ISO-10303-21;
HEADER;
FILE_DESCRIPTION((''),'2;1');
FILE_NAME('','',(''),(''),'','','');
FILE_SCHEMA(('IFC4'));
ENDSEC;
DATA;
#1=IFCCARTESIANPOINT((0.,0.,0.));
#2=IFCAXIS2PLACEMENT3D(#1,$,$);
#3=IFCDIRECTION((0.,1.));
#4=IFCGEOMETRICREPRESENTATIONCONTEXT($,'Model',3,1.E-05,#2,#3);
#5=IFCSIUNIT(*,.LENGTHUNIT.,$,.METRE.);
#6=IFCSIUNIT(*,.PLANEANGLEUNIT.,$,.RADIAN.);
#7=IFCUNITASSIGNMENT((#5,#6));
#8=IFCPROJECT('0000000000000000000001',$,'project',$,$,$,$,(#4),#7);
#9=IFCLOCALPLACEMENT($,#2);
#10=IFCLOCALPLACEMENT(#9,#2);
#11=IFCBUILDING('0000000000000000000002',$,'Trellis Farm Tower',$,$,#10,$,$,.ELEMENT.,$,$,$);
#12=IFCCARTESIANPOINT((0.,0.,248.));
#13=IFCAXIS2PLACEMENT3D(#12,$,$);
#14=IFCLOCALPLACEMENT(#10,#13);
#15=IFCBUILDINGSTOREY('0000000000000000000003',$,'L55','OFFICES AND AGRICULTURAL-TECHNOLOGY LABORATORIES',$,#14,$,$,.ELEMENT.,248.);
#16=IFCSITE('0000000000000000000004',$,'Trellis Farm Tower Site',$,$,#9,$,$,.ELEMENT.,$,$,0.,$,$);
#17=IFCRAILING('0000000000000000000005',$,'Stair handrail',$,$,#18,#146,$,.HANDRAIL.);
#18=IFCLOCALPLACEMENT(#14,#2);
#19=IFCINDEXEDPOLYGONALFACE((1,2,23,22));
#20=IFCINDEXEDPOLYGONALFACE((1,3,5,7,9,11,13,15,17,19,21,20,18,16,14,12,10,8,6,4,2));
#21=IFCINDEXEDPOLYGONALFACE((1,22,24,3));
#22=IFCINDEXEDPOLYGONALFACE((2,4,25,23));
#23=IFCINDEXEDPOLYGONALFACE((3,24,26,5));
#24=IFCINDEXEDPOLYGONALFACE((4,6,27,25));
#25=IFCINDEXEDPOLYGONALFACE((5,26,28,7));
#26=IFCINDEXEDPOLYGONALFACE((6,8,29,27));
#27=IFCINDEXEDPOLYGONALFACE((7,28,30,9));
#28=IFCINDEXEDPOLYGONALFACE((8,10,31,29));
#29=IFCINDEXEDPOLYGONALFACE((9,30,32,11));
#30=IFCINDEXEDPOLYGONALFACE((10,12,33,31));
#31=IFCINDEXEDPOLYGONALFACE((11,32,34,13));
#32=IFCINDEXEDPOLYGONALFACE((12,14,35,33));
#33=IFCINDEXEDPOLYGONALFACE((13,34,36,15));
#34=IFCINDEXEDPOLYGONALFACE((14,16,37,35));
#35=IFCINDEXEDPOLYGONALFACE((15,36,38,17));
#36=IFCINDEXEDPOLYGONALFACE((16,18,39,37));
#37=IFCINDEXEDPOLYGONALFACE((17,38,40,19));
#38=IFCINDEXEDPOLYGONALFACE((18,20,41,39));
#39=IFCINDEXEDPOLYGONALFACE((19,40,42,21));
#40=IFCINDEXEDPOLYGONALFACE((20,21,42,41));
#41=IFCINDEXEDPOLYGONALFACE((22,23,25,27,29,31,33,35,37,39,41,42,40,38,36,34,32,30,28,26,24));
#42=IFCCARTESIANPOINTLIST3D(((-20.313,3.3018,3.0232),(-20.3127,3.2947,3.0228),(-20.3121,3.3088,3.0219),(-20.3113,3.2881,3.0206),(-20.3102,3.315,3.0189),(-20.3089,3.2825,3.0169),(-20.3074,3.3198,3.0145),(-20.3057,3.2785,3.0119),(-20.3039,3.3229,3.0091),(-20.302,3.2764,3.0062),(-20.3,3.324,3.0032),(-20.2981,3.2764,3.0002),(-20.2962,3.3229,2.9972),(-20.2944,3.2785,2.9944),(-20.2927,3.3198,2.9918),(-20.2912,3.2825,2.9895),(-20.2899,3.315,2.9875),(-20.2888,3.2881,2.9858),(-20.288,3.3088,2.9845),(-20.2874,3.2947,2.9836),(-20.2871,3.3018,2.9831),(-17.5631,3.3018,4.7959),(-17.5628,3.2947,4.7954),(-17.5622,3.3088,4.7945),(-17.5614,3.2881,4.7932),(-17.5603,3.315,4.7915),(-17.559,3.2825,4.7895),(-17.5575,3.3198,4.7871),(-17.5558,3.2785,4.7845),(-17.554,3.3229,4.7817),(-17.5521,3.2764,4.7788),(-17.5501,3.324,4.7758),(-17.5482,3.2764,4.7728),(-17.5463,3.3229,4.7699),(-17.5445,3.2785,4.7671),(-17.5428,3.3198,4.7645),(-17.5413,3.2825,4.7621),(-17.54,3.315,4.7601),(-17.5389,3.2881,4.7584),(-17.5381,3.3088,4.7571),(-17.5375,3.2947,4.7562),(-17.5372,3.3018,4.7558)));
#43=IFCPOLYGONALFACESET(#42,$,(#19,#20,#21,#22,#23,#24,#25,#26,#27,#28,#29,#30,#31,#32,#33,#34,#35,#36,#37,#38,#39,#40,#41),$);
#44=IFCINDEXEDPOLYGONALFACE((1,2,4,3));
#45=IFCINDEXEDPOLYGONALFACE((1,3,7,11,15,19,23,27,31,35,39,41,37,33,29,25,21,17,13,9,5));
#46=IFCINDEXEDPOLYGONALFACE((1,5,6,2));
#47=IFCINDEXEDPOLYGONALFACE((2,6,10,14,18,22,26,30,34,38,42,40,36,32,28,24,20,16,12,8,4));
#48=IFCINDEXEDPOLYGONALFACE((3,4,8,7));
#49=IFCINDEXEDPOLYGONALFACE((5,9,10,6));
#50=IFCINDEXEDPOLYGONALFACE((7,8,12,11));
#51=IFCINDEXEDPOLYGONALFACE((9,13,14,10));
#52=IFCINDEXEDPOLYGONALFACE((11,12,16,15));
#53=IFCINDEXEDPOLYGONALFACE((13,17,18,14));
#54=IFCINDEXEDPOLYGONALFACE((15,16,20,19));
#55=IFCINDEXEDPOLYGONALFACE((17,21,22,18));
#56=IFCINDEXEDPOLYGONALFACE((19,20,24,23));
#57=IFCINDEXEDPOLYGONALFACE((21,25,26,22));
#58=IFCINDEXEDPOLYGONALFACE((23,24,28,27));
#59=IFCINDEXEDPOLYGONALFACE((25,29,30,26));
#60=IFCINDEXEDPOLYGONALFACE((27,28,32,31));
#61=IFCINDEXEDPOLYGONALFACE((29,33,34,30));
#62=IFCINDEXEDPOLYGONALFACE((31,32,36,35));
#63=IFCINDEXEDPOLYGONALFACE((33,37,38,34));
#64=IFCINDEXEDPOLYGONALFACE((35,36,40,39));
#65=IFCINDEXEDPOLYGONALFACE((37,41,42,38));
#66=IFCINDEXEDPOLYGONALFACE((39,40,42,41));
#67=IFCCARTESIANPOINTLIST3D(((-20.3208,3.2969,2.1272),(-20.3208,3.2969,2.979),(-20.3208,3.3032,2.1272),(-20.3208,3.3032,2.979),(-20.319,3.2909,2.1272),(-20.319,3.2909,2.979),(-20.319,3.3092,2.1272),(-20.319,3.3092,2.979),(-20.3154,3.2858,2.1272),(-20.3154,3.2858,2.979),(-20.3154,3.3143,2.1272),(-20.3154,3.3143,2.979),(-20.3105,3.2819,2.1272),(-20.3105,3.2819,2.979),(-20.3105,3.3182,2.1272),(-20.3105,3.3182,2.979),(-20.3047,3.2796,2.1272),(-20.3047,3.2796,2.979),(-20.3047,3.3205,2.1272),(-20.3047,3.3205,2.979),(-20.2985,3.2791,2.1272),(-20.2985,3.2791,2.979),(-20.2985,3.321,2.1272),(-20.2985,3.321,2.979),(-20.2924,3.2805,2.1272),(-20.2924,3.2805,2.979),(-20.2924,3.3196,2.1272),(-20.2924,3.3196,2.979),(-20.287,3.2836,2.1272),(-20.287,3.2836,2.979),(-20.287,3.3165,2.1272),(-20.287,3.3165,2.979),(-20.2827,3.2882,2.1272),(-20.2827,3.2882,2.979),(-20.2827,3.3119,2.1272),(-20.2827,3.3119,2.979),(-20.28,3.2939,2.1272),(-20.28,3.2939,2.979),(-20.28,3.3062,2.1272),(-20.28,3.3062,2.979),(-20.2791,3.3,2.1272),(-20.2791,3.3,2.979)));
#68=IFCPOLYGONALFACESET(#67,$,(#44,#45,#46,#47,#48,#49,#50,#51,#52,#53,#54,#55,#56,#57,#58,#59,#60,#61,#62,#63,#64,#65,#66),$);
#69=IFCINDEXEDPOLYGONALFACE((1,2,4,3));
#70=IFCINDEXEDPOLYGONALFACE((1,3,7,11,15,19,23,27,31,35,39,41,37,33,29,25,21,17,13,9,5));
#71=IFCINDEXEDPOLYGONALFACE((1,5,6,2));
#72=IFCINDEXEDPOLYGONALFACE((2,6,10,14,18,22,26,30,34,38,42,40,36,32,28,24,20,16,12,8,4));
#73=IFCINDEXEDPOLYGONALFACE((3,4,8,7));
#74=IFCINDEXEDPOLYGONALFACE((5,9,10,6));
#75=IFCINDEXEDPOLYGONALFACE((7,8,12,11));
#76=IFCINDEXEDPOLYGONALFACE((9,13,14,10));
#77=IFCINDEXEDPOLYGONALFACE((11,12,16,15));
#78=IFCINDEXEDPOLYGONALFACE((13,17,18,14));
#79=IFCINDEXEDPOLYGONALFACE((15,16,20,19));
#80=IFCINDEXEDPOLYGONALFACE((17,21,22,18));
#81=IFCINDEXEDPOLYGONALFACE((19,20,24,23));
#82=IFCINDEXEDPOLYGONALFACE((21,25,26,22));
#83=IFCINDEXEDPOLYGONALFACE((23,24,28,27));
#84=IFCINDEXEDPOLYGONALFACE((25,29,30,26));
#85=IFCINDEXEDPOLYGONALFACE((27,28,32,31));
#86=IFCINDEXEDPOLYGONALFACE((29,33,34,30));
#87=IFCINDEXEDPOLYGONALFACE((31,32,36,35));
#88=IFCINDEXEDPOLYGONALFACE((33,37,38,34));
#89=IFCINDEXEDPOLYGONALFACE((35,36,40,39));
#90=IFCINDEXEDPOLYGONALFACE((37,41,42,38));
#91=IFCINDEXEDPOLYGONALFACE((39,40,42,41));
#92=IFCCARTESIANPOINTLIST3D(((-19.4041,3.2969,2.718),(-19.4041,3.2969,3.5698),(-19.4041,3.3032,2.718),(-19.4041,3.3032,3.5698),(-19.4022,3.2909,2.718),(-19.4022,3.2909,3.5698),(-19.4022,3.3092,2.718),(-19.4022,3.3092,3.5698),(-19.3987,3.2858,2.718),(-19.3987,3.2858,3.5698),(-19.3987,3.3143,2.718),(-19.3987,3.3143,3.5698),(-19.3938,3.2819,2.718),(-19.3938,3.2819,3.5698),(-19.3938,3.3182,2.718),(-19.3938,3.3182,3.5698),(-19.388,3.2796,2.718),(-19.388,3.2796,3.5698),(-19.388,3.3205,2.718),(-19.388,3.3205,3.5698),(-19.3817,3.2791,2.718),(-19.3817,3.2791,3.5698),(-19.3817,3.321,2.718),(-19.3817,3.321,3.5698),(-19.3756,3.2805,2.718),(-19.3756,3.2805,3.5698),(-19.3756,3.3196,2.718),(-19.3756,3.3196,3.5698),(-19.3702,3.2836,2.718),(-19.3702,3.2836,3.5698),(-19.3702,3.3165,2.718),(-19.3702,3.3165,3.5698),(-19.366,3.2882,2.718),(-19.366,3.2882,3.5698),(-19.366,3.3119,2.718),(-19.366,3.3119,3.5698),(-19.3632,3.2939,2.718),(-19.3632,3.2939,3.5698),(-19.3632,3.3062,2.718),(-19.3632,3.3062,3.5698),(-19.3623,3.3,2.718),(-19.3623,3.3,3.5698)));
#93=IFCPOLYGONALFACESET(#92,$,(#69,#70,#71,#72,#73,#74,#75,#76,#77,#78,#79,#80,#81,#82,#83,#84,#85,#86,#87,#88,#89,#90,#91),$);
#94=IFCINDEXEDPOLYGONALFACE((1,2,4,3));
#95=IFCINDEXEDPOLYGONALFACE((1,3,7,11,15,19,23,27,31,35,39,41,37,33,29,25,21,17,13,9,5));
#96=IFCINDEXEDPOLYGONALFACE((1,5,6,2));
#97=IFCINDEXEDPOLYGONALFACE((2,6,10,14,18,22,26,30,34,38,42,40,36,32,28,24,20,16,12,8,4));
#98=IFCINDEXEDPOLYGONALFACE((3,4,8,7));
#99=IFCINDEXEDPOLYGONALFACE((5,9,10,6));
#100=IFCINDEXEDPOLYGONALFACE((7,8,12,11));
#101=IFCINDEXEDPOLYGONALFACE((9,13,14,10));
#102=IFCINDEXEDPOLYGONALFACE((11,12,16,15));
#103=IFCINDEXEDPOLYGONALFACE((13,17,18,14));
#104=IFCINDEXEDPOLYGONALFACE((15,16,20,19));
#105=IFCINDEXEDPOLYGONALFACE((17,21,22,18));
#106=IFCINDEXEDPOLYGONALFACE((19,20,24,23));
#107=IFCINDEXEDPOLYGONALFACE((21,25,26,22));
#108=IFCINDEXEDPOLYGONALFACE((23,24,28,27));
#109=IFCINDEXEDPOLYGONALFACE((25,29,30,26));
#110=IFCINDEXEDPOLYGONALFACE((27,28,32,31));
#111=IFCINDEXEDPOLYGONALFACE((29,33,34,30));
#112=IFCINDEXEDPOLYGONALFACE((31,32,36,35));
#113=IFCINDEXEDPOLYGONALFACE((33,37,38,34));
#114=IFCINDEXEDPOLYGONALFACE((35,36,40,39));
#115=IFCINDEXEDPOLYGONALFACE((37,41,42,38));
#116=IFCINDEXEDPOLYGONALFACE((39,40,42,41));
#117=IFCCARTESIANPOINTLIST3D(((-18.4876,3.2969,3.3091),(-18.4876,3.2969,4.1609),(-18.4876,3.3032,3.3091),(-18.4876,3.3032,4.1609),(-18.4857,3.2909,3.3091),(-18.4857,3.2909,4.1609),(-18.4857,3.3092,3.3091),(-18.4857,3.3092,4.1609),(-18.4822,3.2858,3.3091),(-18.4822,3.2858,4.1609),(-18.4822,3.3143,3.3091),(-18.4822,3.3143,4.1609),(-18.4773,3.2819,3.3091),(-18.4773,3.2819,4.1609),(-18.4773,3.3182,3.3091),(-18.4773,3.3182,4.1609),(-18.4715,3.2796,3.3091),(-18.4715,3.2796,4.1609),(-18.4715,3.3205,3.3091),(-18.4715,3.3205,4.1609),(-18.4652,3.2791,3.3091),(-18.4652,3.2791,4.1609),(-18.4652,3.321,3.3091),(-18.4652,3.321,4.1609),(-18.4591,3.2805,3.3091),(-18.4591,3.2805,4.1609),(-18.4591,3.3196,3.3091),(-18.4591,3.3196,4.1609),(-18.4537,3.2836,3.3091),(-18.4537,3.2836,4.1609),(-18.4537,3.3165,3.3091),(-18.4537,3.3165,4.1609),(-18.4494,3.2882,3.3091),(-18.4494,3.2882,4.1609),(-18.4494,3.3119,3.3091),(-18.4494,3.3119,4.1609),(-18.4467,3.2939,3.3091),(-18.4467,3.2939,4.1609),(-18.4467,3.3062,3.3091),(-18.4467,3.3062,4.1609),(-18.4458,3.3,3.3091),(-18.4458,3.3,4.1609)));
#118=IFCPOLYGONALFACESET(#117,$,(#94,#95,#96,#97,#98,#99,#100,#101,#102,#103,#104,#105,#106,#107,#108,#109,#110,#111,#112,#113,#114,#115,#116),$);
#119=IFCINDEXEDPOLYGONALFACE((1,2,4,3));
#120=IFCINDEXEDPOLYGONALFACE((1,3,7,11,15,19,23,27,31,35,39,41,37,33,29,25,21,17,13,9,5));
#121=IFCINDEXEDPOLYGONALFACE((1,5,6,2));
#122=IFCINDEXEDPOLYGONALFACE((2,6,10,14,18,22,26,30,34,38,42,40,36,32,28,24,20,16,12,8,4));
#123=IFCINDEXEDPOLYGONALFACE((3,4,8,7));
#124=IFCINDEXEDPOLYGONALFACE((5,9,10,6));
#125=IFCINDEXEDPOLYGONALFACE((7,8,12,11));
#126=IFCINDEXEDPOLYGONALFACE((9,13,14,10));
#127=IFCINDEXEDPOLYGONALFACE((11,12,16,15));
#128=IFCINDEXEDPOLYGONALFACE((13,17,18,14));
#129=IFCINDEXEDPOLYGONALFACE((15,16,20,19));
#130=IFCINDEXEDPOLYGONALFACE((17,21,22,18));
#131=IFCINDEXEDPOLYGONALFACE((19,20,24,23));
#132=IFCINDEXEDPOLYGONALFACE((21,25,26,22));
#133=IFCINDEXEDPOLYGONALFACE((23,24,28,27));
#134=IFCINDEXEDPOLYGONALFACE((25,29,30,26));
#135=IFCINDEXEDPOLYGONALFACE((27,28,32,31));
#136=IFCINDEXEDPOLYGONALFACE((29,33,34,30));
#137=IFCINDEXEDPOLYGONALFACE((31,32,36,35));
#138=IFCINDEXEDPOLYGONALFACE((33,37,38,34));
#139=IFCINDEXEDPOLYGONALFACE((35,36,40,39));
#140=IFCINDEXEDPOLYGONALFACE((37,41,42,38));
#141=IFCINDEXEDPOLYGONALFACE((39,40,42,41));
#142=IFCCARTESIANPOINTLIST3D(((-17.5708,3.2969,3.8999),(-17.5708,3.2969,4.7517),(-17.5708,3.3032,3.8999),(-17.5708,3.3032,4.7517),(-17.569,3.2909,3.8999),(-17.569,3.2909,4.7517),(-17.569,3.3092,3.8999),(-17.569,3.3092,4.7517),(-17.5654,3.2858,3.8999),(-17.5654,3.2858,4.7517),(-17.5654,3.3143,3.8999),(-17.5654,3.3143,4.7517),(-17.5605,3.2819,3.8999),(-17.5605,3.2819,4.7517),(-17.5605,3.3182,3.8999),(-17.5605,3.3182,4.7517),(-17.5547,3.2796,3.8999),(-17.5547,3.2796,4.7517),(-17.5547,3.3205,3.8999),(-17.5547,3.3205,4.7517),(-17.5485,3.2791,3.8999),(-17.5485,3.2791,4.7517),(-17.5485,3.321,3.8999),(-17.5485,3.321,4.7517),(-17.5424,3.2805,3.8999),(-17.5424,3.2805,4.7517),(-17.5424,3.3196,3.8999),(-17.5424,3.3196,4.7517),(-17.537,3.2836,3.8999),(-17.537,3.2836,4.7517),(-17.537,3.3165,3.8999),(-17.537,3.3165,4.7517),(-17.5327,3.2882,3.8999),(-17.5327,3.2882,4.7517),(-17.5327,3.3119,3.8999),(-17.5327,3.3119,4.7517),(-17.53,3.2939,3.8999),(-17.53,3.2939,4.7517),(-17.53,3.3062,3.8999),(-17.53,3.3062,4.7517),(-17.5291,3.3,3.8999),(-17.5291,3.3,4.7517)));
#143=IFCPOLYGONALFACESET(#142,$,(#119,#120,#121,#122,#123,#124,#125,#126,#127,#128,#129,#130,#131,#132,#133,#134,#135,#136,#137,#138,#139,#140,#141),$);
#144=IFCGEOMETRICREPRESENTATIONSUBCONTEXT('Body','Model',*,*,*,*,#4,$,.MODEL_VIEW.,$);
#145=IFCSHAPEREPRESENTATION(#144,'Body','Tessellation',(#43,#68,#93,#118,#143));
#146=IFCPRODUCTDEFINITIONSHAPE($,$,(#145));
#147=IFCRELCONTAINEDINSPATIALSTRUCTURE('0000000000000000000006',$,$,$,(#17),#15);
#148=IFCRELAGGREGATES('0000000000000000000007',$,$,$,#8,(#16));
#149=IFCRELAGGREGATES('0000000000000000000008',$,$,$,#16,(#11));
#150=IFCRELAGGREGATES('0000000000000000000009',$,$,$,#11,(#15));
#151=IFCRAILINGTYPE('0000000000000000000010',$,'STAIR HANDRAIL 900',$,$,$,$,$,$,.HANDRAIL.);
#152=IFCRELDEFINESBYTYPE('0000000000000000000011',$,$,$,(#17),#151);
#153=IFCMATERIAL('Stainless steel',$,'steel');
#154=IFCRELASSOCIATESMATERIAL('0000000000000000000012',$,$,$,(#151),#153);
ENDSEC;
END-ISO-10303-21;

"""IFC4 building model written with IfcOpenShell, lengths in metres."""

from ifc_helpers import new_model, si_unit, direction, frame, origin, origin_2d, place, context, subcontext, project, spatial, circle, extrude, source, transform, mapped, material, type_object, element, save


model = new_model("IFC4")

# Units and contexts
model_context = context("Model", 3, precision=1e-05, world=origin(), true_north=direction((0.0, 1.0)))
body_context = subcontext(model_context, "Body", "Model", "MODEL_VIEW")
ifc_project = project(units=[si_unit("LENGTHUNIT", "METRE"), si_unit("PLANEANGLEUNIT", "RADIAN")], contexts=[model_context])

# Site, building, storey
site_placement = place(None, origin())
site = spatial("IfcSite", under=ifc_project, at=site_placement, Name="Trellis Farm Tower Site", CompositionType="ELEMENT", RefElevation=0.0)
building_placement = place(site_placement, origin())
building = spatial("IfcBuilding", under=site, at=building_placement, Name="Trellis Farm Tower", CompositionType="ELEMENT")
storey_placement = place(building_placement, frame((0.0, 0.0, 248.0)))
storey = spatial("IfcBuildingStorey", under=building, at=storey_placement, Name="L55", Description="OFFICES AND AGRICULTURAL-TECHNOLOGY LABORATORIES", CompositionType="ELEMENT", Elevation=248.0)

# Railing
ifc_material_1 = material(Name="Stainless steel", Category="steel")
railing_type = type_object("IfcRailingType", Name="STAIR HANDRAIL 900", PredefinedType="HANDRAIL", material=ifc_material_1)
shared_shape_1 = source(origin(), body_context, "Body", "SweptSolid", [
    extrude(circle(Radius=0.0239, at=origin_2d()), frame((0.0, 0.0, 0.876), z_axis=(0.840504, 0.0, 0.541806), x_axis=(0.0, 1.0, 0.0)), (0.0, 0.0, 1.0), 3.2717),
    extrude(circle(Radius=0.021, at=origin_2d()), origin(), (0.0, 0.0, 1.0), 0.8518),
    extrude(circle(Radius=0.021, at=origin_2d()), frame((0.9167, 0.0, 0.5908)), (0.0, 0.0, 1.0), 0.8518),
    extrude(circle(Radius=0.021, at=origin_2d()), frame((1.8333, 0.0, 1.1819)), (0.0, 0.0, 1.0), 0.8518),
    extrude(circle(Radius=0.021, at=origin_2d()), frame((2.75, 0.0, 1.7727)), (0.0, 0.0, 1.0), 0.8518),
])
for number, where, name in (
    (1, (-20.3, 3.3, 2.1272), "Stair handrail"),
):
    element("IfcRailing", number, at=place(storey_placement, frame(where)), inside=storey, type_object=railing_type, Name=name, PredefinedType="HANDRAIL", context=body_context, shape_type="MappedRepresentation", body=[
        mapped(shared_shape_1, transform((0.0, 0.0, 0.0))),
    ])

save(model, "model.ifc")
